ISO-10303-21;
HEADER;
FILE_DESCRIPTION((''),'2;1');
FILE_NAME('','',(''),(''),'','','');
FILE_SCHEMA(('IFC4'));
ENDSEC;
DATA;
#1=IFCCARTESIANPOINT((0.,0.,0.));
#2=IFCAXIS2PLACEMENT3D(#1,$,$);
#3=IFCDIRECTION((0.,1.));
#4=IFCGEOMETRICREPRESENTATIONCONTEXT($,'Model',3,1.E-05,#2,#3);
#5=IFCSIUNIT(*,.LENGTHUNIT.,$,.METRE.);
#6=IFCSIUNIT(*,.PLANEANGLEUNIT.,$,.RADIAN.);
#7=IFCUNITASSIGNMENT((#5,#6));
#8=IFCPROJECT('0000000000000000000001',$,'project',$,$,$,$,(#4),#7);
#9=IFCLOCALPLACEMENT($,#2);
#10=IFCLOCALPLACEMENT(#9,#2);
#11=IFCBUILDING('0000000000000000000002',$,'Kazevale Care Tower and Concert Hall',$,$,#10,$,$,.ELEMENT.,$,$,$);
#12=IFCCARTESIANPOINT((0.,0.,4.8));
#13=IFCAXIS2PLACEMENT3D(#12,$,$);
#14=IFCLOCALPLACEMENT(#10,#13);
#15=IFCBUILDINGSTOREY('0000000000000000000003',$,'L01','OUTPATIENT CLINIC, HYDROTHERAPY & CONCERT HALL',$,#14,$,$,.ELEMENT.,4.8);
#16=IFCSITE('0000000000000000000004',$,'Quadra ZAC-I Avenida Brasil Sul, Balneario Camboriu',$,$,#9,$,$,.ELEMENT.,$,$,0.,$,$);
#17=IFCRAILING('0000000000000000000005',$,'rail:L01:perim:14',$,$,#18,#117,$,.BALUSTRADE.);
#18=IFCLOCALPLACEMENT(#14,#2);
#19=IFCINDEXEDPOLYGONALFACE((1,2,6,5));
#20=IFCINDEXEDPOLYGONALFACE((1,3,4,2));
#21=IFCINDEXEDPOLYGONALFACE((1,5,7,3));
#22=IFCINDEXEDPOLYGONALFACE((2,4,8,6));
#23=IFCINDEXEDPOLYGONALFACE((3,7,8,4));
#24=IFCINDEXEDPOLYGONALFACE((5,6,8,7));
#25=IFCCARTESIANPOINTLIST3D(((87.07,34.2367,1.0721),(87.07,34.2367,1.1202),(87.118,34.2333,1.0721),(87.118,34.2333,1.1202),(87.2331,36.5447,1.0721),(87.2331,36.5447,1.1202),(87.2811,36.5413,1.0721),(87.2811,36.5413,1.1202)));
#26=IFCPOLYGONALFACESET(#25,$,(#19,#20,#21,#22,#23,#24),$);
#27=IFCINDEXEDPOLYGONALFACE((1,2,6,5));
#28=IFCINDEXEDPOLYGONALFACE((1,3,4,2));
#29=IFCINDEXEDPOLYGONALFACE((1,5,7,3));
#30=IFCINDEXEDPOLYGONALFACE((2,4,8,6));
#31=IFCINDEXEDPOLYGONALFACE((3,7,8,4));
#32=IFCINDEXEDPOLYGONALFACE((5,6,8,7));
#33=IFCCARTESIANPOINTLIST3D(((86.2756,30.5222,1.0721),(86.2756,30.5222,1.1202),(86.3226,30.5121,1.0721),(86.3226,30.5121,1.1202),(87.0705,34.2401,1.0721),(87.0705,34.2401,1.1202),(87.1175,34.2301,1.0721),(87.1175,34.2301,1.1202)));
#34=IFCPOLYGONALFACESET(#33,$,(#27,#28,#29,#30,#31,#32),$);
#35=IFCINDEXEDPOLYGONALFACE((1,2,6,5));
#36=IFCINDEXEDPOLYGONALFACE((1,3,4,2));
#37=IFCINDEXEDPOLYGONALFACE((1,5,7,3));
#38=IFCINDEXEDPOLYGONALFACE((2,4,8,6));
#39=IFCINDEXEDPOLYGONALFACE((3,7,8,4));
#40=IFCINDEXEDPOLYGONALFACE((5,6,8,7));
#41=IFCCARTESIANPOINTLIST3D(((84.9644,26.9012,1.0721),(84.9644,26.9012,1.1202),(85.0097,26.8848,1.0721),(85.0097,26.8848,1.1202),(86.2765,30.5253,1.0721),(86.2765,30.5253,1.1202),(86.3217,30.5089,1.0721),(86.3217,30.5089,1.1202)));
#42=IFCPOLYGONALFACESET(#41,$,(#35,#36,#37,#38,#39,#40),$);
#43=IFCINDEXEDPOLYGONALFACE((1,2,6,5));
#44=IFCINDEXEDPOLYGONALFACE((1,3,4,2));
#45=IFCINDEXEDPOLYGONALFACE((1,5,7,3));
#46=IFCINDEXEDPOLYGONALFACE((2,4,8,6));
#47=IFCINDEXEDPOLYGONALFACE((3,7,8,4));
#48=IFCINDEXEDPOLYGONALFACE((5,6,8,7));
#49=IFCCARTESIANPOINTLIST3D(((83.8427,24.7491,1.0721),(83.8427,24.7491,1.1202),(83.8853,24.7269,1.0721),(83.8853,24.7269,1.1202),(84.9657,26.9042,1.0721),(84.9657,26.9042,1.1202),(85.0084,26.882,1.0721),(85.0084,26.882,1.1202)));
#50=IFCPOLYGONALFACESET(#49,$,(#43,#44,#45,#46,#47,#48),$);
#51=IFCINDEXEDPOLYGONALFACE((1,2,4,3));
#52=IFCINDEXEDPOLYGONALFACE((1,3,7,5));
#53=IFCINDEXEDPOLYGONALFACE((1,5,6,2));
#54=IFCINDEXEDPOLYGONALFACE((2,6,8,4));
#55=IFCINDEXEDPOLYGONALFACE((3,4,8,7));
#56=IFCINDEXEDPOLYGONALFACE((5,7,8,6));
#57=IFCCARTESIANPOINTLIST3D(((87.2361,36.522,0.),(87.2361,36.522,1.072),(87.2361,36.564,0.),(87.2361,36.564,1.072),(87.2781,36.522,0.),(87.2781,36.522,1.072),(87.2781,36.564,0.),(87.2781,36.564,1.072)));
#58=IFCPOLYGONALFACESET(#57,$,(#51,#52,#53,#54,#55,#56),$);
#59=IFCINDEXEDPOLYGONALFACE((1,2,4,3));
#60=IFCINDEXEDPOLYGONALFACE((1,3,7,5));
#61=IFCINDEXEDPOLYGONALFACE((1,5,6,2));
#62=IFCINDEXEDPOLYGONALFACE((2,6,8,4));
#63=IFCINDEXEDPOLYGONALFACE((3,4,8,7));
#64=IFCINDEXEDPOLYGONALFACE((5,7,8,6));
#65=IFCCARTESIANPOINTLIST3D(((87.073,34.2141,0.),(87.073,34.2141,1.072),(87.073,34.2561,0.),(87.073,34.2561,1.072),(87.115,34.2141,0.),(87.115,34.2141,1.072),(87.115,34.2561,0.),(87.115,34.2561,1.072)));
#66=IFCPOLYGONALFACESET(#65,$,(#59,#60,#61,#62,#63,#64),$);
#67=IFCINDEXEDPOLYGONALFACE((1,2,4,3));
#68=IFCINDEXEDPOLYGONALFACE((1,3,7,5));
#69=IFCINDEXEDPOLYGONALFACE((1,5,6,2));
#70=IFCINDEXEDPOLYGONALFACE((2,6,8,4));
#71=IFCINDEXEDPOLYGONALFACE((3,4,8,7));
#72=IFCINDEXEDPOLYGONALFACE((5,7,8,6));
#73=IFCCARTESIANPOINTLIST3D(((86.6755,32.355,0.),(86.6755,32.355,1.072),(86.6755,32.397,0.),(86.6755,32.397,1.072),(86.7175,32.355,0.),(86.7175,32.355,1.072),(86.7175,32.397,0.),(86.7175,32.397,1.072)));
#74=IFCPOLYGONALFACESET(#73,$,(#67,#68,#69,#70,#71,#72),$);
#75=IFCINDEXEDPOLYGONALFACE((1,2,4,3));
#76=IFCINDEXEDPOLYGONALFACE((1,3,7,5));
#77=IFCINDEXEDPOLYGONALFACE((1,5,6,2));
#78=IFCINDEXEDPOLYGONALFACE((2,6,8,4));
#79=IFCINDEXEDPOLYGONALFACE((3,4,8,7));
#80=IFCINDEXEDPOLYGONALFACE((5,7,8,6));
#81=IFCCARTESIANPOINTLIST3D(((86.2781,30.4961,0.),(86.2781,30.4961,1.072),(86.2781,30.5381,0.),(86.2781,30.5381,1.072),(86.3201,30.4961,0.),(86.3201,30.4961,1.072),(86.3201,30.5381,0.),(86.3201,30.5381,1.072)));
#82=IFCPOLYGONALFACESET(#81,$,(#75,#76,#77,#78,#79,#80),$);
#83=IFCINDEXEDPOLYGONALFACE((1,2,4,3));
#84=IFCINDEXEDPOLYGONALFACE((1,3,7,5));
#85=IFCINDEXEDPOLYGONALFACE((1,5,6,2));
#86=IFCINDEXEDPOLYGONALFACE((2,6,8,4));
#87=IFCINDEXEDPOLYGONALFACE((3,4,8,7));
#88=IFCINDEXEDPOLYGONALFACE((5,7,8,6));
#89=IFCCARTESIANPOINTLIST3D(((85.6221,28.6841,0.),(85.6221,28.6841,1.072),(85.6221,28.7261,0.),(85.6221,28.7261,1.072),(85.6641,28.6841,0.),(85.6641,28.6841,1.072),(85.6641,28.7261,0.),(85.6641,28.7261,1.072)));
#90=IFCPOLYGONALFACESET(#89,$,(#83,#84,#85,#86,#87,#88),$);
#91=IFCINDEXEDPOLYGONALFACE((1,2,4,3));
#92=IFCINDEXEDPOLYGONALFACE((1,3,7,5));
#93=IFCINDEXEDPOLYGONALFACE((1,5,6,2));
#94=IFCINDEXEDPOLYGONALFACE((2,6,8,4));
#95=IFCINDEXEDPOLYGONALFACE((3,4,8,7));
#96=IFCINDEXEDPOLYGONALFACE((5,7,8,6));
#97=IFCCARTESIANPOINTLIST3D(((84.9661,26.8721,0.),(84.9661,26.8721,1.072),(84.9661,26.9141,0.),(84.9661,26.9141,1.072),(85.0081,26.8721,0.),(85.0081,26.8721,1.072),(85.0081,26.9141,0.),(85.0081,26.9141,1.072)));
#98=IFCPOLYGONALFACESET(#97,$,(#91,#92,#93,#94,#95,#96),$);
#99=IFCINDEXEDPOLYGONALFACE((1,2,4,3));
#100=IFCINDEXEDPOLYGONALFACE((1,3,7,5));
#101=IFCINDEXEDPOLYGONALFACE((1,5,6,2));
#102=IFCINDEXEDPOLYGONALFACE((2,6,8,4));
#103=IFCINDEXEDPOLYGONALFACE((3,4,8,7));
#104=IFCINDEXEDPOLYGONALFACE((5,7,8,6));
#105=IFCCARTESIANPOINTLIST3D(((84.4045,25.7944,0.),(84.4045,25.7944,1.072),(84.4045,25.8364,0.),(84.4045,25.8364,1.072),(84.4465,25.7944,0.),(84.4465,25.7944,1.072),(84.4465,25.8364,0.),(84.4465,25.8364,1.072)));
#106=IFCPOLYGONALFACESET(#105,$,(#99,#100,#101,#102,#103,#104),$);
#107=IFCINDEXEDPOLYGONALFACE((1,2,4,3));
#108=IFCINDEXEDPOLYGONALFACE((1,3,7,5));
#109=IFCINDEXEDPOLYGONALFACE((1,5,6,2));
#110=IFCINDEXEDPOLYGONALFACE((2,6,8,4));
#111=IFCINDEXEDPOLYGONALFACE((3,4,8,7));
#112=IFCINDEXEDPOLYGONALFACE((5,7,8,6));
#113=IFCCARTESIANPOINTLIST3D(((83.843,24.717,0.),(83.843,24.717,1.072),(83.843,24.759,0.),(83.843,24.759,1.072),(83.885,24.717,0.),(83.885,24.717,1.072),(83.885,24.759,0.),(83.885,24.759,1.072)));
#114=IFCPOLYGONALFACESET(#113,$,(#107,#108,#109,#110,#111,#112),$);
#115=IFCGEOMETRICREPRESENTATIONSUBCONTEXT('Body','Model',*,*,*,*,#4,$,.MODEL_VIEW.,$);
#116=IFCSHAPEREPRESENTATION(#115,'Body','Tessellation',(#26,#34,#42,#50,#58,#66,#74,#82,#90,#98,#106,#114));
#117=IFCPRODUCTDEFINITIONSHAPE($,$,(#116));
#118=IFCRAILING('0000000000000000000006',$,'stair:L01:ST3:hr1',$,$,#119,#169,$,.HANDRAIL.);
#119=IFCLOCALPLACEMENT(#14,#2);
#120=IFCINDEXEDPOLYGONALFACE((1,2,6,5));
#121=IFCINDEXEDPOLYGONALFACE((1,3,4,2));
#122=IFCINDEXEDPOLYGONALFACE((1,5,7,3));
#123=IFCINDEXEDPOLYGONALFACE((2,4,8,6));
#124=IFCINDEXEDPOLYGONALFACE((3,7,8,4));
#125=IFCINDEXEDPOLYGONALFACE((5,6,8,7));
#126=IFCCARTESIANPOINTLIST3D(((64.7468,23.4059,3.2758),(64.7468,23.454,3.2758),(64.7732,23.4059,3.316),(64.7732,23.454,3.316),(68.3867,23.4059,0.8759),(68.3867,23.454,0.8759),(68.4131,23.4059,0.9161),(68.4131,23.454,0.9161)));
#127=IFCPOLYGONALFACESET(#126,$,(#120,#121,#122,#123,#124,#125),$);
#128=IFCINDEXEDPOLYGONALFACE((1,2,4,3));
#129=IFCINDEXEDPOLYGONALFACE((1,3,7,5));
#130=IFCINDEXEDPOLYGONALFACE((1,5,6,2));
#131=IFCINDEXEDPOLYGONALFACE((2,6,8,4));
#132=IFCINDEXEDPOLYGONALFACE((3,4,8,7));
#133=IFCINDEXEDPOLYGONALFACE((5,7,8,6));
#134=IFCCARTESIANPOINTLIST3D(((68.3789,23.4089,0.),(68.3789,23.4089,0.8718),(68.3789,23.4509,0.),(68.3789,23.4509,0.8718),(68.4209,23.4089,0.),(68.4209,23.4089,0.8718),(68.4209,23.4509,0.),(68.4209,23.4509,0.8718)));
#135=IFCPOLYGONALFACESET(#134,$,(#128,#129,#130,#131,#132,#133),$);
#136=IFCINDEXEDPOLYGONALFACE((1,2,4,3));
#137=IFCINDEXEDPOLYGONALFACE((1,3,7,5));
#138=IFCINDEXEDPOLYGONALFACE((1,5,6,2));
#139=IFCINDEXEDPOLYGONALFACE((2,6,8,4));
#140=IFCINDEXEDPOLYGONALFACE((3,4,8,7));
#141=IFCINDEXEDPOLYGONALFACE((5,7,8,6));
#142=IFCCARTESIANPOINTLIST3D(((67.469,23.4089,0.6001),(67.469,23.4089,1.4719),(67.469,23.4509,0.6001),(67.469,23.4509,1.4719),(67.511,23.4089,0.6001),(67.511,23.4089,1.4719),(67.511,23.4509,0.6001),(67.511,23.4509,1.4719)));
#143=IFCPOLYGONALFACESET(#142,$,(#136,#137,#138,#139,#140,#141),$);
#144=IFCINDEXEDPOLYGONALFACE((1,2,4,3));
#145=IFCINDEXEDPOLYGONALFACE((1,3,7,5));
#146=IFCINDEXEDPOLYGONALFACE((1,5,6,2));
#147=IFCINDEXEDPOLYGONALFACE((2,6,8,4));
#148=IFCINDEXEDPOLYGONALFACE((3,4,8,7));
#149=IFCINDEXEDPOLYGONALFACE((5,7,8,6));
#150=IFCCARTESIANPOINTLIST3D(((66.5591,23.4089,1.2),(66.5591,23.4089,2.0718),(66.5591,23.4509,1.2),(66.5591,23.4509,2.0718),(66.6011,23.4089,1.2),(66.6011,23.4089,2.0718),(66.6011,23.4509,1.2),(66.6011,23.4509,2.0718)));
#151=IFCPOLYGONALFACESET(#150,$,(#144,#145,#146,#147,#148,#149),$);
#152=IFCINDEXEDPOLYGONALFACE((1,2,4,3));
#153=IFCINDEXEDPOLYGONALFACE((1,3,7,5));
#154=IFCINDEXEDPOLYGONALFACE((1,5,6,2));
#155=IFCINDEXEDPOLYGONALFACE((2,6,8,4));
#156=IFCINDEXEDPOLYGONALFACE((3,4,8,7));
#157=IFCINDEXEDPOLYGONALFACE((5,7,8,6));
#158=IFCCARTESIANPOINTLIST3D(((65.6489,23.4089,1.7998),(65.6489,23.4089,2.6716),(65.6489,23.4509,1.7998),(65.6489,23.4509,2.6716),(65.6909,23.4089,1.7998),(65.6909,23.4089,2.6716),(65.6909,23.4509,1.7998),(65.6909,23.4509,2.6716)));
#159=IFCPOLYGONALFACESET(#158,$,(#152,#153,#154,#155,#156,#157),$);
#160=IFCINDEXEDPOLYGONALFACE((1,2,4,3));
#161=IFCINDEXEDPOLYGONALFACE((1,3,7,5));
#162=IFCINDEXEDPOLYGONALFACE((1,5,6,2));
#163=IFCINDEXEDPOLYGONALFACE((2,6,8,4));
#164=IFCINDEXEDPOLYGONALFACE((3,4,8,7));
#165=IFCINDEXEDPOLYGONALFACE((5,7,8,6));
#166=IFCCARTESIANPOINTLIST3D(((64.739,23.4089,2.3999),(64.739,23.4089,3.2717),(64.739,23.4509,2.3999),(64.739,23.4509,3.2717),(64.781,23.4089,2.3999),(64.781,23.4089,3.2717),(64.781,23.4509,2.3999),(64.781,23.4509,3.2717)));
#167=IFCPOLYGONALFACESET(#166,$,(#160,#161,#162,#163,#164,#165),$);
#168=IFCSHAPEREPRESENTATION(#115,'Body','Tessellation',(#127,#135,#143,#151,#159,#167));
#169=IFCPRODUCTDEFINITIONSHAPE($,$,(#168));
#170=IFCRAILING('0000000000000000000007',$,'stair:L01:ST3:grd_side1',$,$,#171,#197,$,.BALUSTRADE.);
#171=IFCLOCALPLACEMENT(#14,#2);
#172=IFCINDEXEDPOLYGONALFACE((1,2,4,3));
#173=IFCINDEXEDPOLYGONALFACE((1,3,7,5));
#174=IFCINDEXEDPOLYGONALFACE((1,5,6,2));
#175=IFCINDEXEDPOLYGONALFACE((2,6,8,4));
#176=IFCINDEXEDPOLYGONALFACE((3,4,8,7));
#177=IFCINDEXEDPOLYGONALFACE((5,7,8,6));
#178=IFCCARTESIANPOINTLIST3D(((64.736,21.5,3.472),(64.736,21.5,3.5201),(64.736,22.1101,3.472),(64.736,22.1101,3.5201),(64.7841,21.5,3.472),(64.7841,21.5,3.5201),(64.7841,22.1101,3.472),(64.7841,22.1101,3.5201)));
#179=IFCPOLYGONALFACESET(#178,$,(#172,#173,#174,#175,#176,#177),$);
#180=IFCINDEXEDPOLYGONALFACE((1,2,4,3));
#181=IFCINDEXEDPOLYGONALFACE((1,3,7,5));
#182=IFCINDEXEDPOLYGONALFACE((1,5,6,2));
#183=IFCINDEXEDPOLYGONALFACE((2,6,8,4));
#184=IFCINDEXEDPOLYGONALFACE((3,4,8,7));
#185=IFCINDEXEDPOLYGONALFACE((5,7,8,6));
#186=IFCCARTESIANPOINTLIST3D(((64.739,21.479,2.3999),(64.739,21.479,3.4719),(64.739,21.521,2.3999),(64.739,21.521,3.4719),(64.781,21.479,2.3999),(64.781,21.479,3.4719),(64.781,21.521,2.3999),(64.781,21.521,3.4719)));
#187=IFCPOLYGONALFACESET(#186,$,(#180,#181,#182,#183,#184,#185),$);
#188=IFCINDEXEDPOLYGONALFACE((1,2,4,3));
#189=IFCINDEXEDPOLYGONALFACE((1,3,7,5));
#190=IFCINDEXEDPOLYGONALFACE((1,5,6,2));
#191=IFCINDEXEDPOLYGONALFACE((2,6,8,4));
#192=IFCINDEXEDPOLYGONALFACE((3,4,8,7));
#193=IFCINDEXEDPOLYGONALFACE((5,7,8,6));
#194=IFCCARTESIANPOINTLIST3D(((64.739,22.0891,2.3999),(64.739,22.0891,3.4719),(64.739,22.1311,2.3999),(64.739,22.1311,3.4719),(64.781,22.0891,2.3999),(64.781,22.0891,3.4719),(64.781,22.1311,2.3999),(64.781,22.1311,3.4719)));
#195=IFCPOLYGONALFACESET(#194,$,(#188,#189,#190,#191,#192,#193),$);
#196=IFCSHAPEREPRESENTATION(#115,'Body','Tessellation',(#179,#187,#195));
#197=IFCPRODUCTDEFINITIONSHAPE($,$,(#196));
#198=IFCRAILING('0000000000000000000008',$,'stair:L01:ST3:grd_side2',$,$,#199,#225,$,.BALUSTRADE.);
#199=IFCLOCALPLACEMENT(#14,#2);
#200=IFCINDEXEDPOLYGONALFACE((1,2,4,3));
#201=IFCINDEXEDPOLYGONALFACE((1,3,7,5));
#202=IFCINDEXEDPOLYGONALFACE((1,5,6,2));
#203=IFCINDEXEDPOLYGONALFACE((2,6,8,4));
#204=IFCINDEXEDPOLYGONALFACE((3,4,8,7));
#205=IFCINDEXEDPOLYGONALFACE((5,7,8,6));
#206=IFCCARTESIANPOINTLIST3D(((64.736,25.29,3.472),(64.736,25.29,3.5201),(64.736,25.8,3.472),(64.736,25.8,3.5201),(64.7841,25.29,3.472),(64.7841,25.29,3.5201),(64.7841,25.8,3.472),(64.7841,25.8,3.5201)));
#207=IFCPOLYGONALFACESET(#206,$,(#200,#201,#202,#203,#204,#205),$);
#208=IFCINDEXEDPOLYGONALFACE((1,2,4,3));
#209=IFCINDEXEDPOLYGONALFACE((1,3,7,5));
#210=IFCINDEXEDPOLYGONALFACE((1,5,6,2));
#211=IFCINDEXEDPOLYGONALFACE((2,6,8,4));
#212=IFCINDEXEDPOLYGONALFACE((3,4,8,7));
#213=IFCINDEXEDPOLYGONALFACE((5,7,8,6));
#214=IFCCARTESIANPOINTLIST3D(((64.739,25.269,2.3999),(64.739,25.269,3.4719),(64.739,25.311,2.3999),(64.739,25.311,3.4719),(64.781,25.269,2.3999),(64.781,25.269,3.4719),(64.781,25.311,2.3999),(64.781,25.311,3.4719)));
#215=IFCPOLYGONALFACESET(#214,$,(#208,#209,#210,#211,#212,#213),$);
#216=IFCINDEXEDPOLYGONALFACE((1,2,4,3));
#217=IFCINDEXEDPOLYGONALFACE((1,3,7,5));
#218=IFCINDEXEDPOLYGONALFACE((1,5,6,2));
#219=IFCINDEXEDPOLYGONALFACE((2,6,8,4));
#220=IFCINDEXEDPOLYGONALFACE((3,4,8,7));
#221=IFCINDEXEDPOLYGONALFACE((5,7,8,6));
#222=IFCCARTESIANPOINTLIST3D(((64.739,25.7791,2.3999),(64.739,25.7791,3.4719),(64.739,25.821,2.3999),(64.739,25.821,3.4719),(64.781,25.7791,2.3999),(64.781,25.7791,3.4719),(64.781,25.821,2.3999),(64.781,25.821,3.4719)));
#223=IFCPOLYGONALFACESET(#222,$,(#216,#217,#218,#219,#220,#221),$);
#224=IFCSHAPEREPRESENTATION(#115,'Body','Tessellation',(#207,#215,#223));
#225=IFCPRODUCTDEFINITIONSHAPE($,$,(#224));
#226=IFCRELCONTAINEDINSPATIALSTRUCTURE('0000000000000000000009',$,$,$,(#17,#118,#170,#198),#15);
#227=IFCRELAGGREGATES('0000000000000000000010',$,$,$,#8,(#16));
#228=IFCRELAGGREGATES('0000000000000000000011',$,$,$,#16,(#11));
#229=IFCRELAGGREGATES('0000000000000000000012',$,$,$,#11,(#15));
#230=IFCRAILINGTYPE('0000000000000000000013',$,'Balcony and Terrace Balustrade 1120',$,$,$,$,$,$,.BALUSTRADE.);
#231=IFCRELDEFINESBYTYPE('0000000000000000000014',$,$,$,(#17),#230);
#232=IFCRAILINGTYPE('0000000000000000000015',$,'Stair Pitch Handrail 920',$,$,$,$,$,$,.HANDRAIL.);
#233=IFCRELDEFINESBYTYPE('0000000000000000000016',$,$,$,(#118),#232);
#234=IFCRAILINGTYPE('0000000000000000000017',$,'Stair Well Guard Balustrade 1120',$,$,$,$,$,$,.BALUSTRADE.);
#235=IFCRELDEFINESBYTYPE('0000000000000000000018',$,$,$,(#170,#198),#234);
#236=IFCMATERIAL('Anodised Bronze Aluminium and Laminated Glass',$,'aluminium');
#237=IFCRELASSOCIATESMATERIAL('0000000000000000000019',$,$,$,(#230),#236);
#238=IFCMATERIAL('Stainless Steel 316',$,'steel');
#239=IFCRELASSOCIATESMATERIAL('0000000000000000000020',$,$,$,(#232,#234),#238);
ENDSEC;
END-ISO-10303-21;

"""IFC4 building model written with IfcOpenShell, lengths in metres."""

from ifc_helpers import new_model, si_unit, direction, frame, origin, origin_2d, place, context, subcontext, project, spatial, rectangle, extrude, material, type_object, element, save


model = new_model("IFC4")

# Units and contexts
model_context = context("Model", 3, precision=1e-05, world=origin(), true_north=direction((0.0, 1.0)))
body_context = subcontext(model_context, "Body", "Model", "MODEL_VIEW")
ifc_project = project(units=[si_unit("LENGTHUNIT", "METRE"), si_unit("PLANEANGLEUNIT", "RADIAN")], contexts=[model_context])

# Site, building, storey
site_placement = place(None, origin())
site = spatial("IfcSite", under=ifc_project, at=site_placement, Name="Quadra ZAC-I Avenida Brasil Sul, Balneario Camboriu", CompositionType="ELEMENT", RefElevation=0.0)
building_placement = place(site_placement, origin())
building = spatial("IfcBuilding", under=site, at=building_placement, Name="Kazevale Care Tower and Concert Hall", CompositionType="ELEMENT")
storey_placement = place(building_placement, frame((0.0, 0.0, 4.8)))
storey = spatial("IfcBuildingStorey", under=building, at=storey_placement, Name="L01", Description="OUTPATIENT CLINIC, HYDROTHERAPY & CONCERT HALL", CompositionType="ELEMENT", Elevation=4.8)

# Railings
ifc_material_1 = material(Name="Anodised Bronze Aluminium and Laminated Glass", Category="aluminium")
railing_type_1 = type_object("IfcRailingType", Name="Balcony and Terrace Balustrade 1120", PredefinedType="BALUSTRADE", material=ifc_material_1)
railing_1_placement = place(storey_placement, frame((87.2571, 36.543, 0.0)))
element("IfcRailing", 1, at=railing_1_placement, inside=storey, type_object=railing_type_1, Name="rail:L01:perim:14", PredefinedType="BALUSTRADE", context=body_context, shape_type="SweptSolid", body=[
    extrude(rectangle(XDim=0.0481, YDim=0.0481, at=origin_2d()), frame((0.0, 0.0, 1.0962), z_axis=(-0.07049, -0.997513, 0.0), x_axis=(0.997513, -0.07049, 0.0)), (0.0, 0.0, 1.0), 2.3137),
    extrude(rectangle(XDim=0.0481, YDim=0.0481, at=origin_2d()), frame((-0.1631, -2.3079, 1.0962), z_axis=(-0.209077, -0.977899, 0.0), x_axis=(0.977899, -0.209077, 0.0)), (0.0, 0.0, 1.0), 3.802),
    extrude(rectangle(XDim=0.0481, YDim=0.0481, at=origin_2d()), frame((-0.958, -6.0259, 1.0962), z_axis=(-0.34041, -0.940277, 0.0), x_axis=(0.940277, -0.34041, 0.0)), (0.0, 0.0, 1.0), 3.8542),
    extrude(rectangle(XDim=0.0481, YDim=0.0481, at=origin_2d()), frame((-2.27, -9.6499, 1.0962), z_axis=(-0.46214, -0.886807, 0.0), x_axis=(0.886807, -0.46214, 0.0)), (0.0, 0.0, 1.0), 2.4302),
    extrude(rectangle(XDim=0.042, YDim=0.042, at=origin_2d()), origin(), (0.0, 0.0, 1.0), 1.072),
    extrude(rectangle(XDim=0.042, YDim=0.042, at=origin_2d()), frame((-0.1631, -2.3079, 0.0)), (0.0, 0.0, 1.0), 1.072),
    extrude(rectangle(XDim=0.042, YDim=0.042, at=origin_2d()), frame((-0.5605, -4.167, 0.0)), (0.0, 0.0, 1.0), 1.072),
    extrude(rectangle(XDim=0.042, YDim=0.042, at=origin_2d()), frame((-0.958, -6.0259, 0.0)), (0.0, 0.0, 1.0), 1.072),
    extrude(rectangle(XDim=0.042, YDim=0.042, at=origin_2d()), frame((-1.614, -7.8379, 0.0)), (0.0, 0.0, 1.0), 1.072),
    extrude(rectangle(XDim=0.042, YDim=0.042, at=origin_2d()), frame((-2.27, -9.6499, 0.0)), (0.0, 0.0, 1.0), 1.072),
    extrude(rectangle(XDim=0.042, YDim=0.042, at=origin_2d()), frame((-2.8315, -10.7275, 0.0)), (0.0, 0.0, 1.0), 1.072),
    extrude(rectangle(XDim=0.042, YDim=0.042, at=origin_2d()), frame((-3.3931, -11.8049, 0.0)), (0.0, 0.0, 1.0), 1.072),
])
ifc_material_2 = material(Name="Stainless Steel 316", Category="steel")
railing_type_2 = type_object("IfcRailingType", Name="Stair Pitch Handrail 920", PredefinedType="HANDRAIL", material=ifc_material_2)
railing_2_placement = place(storey_placement, frame((68.3999, 23.4299, 0.0)))
element("IfcRailing", 2, at=railing_2_placement, inside=storey, type_object=railing_type_2, Name="stair:L01:ST3:hr1", PredefinedType="HANDRAIL", context=body_context, shape_type="SweptSolid", body=[
    extrude(rectangle(XDim=0.0481, YDim=0.0481, at=origin_2d()), frame((0.0, 0.0, 0.896), z_axis=(-0.834865, 0.0, 0.550454), x_axis=(0.0, -1.0, 0.0)), (0.0, 0.0, 1.0), 4.3599),
    extrude(rectangle(XDim=0.042, YDim=0.042, at=origin_2d()), origin(), (0.0, 0.0, 1.0), 0.8718),
    extrude(rectangle(XDim=0.042, YDim=0.042, at=origin_2d()), frame((-0.9099, 0.0, 0.6001)), (0.0, 0.0, 1.0), 0.8718),
    extrude(rectangle(XDim=0.042, YDim=0.042, at=origin_2d()), frame((-1.8198, 0.0, 1.2)), (0.0, 0.0, 1.0), 0.8718),
    extrude(rectangle(XDim=0.042, YDim=0.042, at=origin_2d()), frame((-2.73, 0.0, 1.7998)), (0.0, 0.0, 1.0), 0.8718),
    extrude(rectangle(XDim=0.042, YDim=0.042, at=origin_2d()), frame((-3.6399, 0.0, 2.3999)), (0.0, 0.0, 1.0), 0.8718),
])
railing_type_3 = type_object("IfcRailingType", Name="Stair Well Guard Balustrade 1120", PredefinedType="BALUSTRADE", material=ifc_material_2)
railing_3_placement = place(storey_placement, frame((64.76, 21.5, 2.3999)))
element("IfcRailing", 3, at=railing_3_placement, inside=storey, type_object=railing_type_3, Name="stair:L01:ST3:grd_side1", PredefinedType="BALUSTRADE", context=body_context, shape_type="SweptSolid", body=[
    extrude(rectangle(XDim=0.0481, YDim=0.0481, at=origin_2d()), frame((0.0, 0.0, 1.0962), z_axis=(0.0, 1.0, 0.0), x_axis=(-1.0, 0.0, 0.0)), (0.0, 0.0, 1.0), 0.6101),
    extrude(rectangle(XDim=0.042, YDim=0.042, at=origin_2d()), origin(), (0.0, 0.0, 1.0), 1.072),
    extrude(rectangle(XDim=0.042, YDim=0.042, at=origin_2d()), frame((0.0, 0.6101, 0.0)), (0.0, 0.0, 1.0), 1.072),
])
railing_4_placement = place(storey_placement, frame((64.76, 25.29, 2.3999)))
element("IfcRailing", 4, at=railing_4_placement, inside=storey, type_object=railing_type_3, Name="stair:L01:ST3:grd_side2", PredefinedType="BALUSTRADE", context=body_context, shape_type="SweptSolid", body=[
    extrude(rectangle(XDim=0.0481, YDim=0.0481, at=origin_2d()), frame((0.0, 0.0, 1.0962), z_axis=(0.0, 1.0, 0.0), x_axis=(-1.0, 0.0, 0.0)), (0.0, 0.0, 1.0), 0.51),
    extrude(rectangle(XDim=0.042, YDim=0.042, at=origin_2d()), origin(), (0.0, 0.0, 1.0), 1.072),
    extrude(rectangle(XDim=0.042, YDim=0.042, at=origin_2d()), frame((0.0, 0.51, 0.0)), (0.0, 0.0, 1.0), 1.072),
])

save(model, "model.ifc")
